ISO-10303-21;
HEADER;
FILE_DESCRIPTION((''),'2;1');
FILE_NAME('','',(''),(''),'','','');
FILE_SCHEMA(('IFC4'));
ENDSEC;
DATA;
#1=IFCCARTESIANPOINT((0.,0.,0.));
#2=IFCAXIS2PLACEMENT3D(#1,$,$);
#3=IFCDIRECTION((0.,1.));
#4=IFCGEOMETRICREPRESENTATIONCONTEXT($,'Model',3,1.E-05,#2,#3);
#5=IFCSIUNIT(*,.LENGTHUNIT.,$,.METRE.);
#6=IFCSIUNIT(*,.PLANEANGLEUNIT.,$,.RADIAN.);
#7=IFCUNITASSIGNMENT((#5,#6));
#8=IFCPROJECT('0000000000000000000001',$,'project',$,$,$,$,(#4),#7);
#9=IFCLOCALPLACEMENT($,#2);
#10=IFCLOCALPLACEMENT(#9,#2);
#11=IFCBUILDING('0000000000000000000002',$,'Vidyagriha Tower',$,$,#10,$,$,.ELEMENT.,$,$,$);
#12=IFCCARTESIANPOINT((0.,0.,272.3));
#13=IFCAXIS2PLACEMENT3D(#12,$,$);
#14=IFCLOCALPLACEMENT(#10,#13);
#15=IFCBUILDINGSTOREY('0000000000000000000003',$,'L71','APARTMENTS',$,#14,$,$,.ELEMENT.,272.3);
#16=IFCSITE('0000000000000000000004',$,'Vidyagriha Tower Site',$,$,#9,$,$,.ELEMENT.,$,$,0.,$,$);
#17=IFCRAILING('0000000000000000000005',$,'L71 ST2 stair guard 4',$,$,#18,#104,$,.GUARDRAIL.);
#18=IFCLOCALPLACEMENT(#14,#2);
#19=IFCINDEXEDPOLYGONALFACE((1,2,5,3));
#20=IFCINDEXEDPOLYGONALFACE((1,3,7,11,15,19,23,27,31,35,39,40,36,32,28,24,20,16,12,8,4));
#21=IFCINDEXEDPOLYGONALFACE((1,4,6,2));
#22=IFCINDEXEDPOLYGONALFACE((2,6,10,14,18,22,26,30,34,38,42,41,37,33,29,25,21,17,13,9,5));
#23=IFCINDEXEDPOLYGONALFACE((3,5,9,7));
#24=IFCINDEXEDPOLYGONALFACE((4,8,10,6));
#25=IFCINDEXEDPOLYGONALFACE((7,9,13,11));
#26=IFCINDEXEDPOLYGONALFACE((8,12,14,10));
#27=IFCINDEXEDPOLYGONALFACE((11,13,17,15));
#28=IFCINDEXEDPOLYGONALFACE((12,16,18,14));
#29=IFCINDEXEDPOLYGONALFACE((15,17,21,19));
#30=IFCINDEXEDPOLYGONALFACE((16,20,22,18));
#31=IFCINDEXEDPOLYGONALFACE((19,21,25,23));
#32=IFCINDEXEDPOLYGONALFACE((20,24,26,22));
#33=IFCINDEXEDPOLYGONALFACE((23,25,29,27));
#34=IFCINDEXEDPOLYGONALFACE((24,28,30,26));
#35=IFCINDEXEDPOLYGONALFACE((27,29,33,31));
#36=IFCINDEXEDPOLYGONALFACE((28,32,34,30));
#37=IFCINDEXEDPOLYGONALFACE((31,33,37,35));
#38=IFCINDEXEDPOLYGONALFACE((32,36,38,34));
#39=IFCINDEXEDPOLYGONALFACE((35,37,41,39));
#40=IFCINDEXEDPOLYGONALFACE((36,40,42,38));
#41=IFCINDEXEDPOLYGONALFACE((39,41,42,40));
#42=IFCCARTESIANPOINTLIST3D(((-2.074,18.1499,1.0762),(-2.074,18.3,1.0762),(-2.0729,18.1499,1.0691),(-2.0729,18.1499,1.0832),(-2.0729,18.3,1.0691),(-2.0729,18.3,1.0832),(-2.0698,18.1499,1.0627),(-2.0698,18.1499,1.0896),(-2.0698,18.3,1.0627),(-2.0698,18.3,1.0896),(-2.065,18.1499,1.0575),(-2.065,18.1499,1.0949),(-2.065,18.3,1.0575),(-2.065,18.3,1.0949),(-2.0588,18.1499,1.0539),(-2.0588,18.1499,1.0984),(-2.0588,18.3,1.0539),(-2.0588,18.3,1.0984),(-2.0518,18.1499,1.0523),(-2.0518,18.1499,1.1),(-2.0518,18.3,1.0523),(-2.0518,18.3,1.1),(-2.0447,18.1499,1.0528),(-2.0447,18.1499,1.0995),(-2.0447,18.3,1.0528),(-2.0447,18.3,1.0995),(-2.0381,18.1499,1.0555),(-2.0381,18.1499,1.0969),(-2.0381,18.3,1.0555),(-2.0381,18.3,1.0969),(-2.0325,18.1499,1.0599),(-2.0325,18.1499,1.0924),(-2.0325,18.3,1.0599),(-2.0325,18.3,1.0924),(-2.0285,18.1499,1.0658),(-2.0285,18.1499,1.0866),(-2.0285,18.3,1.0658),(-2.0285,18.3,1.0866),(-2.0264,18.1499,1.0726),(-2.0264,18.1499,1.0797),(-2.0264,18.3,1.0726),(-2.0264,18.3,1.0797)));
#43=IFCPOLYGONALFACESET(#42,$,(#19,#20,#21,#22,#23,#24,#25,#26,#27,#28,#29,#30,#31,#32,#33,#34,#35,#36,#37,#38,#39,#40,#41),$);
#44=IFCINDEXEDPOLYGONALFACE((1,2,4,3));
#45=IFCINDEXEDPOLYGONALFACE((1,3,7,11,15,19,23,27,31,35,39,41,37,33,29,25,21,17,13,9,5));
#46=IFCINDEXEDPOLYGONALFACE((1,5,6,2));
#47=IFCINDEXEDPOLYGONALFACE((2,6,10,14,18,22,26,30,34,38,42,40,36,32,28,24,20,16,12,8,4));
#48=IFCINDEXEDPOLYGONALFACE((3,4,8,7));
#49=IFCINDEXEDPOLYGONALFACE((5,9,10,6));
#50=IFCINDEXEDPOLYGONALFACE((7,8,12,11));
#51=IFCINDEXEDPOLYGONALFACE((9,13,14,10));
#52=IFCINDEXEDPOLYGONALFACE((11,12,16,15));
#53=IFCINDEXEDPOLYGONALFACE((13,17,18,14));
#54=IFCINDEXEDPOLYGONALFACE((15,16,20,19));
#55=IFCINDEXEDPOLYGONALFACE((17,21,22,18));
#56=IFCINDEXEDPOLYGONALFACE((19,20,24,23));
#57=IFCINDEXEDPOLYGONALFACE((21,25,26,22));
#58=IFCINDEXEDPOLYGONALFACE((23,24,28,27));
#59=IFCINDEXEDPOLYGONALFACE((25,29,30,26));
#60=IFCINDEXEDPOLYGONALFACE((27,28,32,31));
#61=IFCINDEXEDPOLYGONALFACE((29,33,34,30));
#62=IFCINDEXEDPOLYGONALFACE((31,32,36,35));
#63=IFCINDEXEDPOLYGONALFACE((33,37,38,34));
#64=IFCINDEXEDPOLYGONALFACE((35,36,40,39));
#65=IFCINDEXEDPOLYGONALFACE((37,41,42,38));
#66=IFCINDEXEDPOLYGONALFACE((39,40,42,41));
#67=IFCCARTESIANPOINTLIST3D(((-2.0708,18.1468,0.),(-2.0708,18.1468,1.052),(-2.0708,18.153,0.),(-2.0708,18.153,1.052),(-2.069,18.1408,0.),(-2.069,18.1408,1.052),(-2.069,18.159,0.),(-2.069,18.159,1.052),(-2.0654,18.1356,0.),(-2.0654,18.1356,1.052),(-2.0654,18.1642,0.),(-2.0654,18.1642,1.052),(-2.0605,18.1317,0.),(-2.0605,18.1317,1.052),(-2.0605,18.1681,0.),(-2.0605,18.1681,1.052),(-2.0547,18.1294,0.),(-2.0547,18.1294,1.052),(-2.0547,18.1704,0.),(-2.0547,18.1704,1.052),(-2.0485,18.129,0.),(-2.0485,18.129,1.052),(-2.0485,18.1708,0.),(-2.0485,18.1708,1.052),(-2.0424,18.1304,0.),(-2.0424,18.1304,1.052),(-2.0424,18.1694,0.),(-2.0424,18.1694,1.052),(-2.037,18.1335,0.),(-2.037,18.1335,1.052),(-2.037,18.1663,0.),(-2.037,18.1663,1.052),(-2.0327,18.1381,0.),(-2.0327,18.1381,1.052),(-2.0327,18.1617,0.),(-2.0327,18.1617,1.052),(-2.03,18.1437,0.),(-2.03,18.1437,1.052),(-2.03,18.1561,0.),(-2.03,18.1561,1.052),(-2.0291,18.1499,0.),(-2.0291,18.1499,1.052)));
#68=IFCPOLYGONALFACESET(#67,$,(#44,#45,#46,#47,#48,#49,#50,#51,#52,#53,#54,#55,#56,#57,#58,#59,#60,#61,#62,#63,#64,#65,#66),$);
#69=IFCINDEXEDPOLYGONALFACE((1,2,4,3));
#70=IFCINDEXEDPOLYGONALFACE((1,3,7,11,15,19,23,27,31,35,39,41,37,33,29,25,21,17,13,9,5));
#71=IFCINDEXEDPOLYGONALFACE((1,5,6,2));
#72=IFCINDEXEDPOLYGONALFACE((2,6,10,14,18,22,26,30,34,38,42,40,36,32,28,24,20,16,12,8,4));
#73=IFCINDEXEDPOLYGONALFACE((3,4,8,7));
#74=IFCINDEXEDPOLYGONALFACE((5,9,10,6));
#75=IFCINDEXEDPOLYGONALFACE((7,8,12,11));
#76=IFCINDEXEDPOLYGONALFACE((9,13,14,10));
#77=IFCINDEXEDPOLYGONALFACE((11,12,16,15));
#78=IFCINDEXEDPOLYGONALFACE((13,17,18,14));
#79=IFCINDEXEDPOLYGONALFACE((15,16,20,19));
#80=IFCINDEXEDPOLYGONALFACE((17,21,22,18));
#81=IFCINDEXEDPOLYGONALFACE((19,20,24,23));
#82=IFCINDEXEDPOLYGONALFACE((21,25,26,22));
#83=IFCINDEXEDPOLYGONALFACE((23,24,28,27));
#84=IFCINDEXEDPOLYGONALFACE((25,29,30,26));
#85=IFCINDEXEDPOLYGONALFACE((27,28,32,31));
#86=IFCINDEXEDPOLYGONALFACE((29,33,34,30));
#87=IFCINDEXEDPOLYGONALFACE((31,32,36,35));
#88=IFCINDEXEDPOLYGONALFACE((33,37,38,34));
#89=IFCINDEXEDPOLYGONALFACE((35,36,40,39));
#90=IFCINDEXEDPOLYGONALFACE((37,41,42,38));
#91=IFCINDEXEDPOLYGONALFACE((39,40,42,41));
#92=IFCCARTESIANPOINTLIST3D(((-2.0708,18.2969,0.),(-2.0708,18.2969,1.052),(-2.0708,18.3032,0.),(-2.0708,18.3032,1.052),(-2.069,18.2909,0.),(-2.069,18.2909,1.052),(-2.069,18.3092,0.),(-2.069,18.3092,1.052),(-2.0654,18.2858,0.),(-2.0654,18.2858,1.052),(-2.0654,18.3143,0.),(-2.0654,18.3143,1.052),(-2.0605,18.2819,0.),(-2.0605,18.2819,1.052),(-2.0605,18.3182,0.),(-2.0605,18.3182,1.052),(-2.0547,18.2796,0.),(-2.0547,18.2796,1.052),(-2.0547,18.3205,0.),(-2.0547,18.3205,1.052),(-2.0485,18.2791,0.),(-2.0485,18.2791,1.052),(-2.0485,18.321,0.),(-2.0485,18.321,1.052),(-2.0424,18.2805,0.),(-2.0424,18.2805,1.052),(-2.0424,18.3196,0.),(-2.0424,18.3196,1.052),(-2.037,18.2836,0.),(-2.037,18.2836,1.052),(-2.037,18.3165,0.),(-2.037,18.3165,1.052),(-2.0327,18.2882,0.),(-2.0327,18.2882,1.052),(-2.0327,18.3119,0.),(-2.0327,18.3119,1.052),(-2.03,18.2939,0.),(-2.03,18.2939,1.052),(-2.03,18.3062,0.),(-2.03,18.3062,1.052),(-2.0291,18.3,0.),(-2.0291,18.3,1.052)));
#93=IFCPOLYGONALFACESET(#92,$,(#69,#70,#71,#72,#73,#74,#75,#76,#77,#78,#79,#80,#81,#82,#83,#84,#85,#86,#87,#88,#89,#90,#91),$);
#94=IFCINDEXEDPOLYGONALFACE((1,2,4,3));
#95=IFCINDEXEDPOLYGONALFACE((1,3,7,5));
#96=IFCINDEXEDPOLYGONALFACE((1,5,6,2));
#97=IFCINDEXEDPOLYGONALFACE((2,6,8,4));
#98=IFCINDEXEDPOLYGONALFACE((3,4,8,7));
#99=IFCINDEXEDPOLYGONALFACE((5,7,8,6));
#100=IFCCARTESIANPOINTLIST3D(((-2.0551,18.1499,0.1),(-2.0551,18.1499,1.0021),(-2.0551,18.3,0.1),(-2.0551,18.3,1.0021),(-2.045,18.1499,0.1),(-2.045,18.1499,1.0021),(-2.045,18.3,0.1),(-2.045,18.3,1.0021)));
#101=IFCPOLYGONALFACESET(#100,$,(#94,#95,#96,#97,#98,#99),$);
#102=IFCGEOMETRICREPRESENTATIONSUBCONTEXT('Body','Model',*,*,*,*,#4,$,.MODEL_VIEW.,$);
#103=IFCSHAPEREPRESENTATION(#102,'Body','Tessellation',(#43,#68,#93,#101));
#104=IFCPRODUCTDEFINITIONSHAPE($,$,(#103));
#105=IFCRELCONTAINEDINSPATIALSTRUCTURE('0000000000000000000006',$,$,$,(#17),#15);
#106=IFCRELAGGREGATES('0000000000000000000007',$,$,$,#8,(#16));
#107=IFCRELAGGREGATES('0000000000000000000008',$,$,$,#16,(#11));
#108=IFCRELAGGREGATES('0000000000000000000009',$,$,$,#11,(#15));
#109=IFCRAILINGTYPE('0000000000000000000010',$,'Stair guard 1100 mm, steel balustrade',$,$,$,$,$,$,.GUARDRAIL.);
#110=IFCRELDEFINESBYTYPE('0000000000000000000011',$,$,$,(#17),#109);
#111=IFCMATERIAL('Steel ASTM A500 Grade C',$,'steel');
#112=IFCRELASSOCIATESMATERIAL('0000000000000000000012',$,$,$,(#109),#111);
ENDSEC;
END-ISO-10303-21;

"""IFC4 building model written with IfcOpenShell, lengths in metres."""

from ifc_helpers import new_model, si_unit, direction, frame, origin, origin_2d, place, context, subcontext, project, spatial, rectangle, circle, extrude, material, type_object, element, save


model = new_model("IFC4")

# Units and contexts
model_context = context("Model", 3, precision=1e-05, world=origin(), true_north=direction((0.0, 1.0)))
body_context = subcontext(model_context, "Body", "Model", "MODEL_VIEW")
ifc_project = project(units=[si_unit("LENGTHUNIT", "METRE"), si_unit("PLANEANGLEUNIT", "RADIAN")], contexts=[model_context])

# Site, building, storey
site_placement = place(None, origin())
site = spatial("IfcSite", under=ifc_project, at=site_placement, Name="Vidyagriha Tower Site", CompositionType="ELEMENT", RefElevation=0.0)
building_placement = place(site_placement, origin())
building = spatial("IfcBuilding", under=site, at=building_placement, Name="Vidyagriha Tower", CompositionType="ELEMENT")
storey_placement = place(building_placement, frame((0.0, 0.0, 272.3)))
storey = spatial("IfcBuildingStorey", under=building, at=storey_placement, Name="L71", Description="APARTMENTS", CompositionType="ELEMENT", Elevation=272.3)

# Railing
ifc_material_1 = material(Name="Steel ASTM A500 Grade C", Category="steel")
railing_type_1 = type_object("IfcRailingType", Name="Stair guard 1100 mm, steel balustrade", PredefinedType="GUARDRAIL", material=ifc_material_1)
railing_1_placement = place(storey_placement, frame((-2.05, 18.1499, 0.0)))
element("IfcRailing", 1, at=railing_1_placement, inside=storey, type_object=railing_type_1, Name="L71 ST2 stair guard 4", PredefinedType="GUARDRAIL", context=body_context, shape_type="SweptSolid", body=[
    extrude(circle(Radius=0.0239, at=origin_2d()), frame((0.0, 0.0, 1.0762), z_axis=(0.0, 1.0, 0.0), x_axis=(-1.0, 0.0, 0.0)), (0.0, 0.0, 1.0), 0.1501),
    extrude(circle(Radius=0.021, at=origin_2d()), origin(), (0.0, 0.0, 1.0), 1.052),
    extrude(circle(Radius=0.021, at=origin_2d()), frame((0.0, 0.1501, 0.0)), (0.0, 0.0, 1.0), 1.052),
    extrude(rectangle(XDim=0.01, YDim=0.9021, at=origin_2d()), frame((0.0, 0.0, 0.551), z_axis=(0.0, 1.0, 0.0), x_axis=(-1.0, 0.0, 0.0)), (0.0, 0.0, 1.0), 0.1501),
])

save(model, "model.ifc")
